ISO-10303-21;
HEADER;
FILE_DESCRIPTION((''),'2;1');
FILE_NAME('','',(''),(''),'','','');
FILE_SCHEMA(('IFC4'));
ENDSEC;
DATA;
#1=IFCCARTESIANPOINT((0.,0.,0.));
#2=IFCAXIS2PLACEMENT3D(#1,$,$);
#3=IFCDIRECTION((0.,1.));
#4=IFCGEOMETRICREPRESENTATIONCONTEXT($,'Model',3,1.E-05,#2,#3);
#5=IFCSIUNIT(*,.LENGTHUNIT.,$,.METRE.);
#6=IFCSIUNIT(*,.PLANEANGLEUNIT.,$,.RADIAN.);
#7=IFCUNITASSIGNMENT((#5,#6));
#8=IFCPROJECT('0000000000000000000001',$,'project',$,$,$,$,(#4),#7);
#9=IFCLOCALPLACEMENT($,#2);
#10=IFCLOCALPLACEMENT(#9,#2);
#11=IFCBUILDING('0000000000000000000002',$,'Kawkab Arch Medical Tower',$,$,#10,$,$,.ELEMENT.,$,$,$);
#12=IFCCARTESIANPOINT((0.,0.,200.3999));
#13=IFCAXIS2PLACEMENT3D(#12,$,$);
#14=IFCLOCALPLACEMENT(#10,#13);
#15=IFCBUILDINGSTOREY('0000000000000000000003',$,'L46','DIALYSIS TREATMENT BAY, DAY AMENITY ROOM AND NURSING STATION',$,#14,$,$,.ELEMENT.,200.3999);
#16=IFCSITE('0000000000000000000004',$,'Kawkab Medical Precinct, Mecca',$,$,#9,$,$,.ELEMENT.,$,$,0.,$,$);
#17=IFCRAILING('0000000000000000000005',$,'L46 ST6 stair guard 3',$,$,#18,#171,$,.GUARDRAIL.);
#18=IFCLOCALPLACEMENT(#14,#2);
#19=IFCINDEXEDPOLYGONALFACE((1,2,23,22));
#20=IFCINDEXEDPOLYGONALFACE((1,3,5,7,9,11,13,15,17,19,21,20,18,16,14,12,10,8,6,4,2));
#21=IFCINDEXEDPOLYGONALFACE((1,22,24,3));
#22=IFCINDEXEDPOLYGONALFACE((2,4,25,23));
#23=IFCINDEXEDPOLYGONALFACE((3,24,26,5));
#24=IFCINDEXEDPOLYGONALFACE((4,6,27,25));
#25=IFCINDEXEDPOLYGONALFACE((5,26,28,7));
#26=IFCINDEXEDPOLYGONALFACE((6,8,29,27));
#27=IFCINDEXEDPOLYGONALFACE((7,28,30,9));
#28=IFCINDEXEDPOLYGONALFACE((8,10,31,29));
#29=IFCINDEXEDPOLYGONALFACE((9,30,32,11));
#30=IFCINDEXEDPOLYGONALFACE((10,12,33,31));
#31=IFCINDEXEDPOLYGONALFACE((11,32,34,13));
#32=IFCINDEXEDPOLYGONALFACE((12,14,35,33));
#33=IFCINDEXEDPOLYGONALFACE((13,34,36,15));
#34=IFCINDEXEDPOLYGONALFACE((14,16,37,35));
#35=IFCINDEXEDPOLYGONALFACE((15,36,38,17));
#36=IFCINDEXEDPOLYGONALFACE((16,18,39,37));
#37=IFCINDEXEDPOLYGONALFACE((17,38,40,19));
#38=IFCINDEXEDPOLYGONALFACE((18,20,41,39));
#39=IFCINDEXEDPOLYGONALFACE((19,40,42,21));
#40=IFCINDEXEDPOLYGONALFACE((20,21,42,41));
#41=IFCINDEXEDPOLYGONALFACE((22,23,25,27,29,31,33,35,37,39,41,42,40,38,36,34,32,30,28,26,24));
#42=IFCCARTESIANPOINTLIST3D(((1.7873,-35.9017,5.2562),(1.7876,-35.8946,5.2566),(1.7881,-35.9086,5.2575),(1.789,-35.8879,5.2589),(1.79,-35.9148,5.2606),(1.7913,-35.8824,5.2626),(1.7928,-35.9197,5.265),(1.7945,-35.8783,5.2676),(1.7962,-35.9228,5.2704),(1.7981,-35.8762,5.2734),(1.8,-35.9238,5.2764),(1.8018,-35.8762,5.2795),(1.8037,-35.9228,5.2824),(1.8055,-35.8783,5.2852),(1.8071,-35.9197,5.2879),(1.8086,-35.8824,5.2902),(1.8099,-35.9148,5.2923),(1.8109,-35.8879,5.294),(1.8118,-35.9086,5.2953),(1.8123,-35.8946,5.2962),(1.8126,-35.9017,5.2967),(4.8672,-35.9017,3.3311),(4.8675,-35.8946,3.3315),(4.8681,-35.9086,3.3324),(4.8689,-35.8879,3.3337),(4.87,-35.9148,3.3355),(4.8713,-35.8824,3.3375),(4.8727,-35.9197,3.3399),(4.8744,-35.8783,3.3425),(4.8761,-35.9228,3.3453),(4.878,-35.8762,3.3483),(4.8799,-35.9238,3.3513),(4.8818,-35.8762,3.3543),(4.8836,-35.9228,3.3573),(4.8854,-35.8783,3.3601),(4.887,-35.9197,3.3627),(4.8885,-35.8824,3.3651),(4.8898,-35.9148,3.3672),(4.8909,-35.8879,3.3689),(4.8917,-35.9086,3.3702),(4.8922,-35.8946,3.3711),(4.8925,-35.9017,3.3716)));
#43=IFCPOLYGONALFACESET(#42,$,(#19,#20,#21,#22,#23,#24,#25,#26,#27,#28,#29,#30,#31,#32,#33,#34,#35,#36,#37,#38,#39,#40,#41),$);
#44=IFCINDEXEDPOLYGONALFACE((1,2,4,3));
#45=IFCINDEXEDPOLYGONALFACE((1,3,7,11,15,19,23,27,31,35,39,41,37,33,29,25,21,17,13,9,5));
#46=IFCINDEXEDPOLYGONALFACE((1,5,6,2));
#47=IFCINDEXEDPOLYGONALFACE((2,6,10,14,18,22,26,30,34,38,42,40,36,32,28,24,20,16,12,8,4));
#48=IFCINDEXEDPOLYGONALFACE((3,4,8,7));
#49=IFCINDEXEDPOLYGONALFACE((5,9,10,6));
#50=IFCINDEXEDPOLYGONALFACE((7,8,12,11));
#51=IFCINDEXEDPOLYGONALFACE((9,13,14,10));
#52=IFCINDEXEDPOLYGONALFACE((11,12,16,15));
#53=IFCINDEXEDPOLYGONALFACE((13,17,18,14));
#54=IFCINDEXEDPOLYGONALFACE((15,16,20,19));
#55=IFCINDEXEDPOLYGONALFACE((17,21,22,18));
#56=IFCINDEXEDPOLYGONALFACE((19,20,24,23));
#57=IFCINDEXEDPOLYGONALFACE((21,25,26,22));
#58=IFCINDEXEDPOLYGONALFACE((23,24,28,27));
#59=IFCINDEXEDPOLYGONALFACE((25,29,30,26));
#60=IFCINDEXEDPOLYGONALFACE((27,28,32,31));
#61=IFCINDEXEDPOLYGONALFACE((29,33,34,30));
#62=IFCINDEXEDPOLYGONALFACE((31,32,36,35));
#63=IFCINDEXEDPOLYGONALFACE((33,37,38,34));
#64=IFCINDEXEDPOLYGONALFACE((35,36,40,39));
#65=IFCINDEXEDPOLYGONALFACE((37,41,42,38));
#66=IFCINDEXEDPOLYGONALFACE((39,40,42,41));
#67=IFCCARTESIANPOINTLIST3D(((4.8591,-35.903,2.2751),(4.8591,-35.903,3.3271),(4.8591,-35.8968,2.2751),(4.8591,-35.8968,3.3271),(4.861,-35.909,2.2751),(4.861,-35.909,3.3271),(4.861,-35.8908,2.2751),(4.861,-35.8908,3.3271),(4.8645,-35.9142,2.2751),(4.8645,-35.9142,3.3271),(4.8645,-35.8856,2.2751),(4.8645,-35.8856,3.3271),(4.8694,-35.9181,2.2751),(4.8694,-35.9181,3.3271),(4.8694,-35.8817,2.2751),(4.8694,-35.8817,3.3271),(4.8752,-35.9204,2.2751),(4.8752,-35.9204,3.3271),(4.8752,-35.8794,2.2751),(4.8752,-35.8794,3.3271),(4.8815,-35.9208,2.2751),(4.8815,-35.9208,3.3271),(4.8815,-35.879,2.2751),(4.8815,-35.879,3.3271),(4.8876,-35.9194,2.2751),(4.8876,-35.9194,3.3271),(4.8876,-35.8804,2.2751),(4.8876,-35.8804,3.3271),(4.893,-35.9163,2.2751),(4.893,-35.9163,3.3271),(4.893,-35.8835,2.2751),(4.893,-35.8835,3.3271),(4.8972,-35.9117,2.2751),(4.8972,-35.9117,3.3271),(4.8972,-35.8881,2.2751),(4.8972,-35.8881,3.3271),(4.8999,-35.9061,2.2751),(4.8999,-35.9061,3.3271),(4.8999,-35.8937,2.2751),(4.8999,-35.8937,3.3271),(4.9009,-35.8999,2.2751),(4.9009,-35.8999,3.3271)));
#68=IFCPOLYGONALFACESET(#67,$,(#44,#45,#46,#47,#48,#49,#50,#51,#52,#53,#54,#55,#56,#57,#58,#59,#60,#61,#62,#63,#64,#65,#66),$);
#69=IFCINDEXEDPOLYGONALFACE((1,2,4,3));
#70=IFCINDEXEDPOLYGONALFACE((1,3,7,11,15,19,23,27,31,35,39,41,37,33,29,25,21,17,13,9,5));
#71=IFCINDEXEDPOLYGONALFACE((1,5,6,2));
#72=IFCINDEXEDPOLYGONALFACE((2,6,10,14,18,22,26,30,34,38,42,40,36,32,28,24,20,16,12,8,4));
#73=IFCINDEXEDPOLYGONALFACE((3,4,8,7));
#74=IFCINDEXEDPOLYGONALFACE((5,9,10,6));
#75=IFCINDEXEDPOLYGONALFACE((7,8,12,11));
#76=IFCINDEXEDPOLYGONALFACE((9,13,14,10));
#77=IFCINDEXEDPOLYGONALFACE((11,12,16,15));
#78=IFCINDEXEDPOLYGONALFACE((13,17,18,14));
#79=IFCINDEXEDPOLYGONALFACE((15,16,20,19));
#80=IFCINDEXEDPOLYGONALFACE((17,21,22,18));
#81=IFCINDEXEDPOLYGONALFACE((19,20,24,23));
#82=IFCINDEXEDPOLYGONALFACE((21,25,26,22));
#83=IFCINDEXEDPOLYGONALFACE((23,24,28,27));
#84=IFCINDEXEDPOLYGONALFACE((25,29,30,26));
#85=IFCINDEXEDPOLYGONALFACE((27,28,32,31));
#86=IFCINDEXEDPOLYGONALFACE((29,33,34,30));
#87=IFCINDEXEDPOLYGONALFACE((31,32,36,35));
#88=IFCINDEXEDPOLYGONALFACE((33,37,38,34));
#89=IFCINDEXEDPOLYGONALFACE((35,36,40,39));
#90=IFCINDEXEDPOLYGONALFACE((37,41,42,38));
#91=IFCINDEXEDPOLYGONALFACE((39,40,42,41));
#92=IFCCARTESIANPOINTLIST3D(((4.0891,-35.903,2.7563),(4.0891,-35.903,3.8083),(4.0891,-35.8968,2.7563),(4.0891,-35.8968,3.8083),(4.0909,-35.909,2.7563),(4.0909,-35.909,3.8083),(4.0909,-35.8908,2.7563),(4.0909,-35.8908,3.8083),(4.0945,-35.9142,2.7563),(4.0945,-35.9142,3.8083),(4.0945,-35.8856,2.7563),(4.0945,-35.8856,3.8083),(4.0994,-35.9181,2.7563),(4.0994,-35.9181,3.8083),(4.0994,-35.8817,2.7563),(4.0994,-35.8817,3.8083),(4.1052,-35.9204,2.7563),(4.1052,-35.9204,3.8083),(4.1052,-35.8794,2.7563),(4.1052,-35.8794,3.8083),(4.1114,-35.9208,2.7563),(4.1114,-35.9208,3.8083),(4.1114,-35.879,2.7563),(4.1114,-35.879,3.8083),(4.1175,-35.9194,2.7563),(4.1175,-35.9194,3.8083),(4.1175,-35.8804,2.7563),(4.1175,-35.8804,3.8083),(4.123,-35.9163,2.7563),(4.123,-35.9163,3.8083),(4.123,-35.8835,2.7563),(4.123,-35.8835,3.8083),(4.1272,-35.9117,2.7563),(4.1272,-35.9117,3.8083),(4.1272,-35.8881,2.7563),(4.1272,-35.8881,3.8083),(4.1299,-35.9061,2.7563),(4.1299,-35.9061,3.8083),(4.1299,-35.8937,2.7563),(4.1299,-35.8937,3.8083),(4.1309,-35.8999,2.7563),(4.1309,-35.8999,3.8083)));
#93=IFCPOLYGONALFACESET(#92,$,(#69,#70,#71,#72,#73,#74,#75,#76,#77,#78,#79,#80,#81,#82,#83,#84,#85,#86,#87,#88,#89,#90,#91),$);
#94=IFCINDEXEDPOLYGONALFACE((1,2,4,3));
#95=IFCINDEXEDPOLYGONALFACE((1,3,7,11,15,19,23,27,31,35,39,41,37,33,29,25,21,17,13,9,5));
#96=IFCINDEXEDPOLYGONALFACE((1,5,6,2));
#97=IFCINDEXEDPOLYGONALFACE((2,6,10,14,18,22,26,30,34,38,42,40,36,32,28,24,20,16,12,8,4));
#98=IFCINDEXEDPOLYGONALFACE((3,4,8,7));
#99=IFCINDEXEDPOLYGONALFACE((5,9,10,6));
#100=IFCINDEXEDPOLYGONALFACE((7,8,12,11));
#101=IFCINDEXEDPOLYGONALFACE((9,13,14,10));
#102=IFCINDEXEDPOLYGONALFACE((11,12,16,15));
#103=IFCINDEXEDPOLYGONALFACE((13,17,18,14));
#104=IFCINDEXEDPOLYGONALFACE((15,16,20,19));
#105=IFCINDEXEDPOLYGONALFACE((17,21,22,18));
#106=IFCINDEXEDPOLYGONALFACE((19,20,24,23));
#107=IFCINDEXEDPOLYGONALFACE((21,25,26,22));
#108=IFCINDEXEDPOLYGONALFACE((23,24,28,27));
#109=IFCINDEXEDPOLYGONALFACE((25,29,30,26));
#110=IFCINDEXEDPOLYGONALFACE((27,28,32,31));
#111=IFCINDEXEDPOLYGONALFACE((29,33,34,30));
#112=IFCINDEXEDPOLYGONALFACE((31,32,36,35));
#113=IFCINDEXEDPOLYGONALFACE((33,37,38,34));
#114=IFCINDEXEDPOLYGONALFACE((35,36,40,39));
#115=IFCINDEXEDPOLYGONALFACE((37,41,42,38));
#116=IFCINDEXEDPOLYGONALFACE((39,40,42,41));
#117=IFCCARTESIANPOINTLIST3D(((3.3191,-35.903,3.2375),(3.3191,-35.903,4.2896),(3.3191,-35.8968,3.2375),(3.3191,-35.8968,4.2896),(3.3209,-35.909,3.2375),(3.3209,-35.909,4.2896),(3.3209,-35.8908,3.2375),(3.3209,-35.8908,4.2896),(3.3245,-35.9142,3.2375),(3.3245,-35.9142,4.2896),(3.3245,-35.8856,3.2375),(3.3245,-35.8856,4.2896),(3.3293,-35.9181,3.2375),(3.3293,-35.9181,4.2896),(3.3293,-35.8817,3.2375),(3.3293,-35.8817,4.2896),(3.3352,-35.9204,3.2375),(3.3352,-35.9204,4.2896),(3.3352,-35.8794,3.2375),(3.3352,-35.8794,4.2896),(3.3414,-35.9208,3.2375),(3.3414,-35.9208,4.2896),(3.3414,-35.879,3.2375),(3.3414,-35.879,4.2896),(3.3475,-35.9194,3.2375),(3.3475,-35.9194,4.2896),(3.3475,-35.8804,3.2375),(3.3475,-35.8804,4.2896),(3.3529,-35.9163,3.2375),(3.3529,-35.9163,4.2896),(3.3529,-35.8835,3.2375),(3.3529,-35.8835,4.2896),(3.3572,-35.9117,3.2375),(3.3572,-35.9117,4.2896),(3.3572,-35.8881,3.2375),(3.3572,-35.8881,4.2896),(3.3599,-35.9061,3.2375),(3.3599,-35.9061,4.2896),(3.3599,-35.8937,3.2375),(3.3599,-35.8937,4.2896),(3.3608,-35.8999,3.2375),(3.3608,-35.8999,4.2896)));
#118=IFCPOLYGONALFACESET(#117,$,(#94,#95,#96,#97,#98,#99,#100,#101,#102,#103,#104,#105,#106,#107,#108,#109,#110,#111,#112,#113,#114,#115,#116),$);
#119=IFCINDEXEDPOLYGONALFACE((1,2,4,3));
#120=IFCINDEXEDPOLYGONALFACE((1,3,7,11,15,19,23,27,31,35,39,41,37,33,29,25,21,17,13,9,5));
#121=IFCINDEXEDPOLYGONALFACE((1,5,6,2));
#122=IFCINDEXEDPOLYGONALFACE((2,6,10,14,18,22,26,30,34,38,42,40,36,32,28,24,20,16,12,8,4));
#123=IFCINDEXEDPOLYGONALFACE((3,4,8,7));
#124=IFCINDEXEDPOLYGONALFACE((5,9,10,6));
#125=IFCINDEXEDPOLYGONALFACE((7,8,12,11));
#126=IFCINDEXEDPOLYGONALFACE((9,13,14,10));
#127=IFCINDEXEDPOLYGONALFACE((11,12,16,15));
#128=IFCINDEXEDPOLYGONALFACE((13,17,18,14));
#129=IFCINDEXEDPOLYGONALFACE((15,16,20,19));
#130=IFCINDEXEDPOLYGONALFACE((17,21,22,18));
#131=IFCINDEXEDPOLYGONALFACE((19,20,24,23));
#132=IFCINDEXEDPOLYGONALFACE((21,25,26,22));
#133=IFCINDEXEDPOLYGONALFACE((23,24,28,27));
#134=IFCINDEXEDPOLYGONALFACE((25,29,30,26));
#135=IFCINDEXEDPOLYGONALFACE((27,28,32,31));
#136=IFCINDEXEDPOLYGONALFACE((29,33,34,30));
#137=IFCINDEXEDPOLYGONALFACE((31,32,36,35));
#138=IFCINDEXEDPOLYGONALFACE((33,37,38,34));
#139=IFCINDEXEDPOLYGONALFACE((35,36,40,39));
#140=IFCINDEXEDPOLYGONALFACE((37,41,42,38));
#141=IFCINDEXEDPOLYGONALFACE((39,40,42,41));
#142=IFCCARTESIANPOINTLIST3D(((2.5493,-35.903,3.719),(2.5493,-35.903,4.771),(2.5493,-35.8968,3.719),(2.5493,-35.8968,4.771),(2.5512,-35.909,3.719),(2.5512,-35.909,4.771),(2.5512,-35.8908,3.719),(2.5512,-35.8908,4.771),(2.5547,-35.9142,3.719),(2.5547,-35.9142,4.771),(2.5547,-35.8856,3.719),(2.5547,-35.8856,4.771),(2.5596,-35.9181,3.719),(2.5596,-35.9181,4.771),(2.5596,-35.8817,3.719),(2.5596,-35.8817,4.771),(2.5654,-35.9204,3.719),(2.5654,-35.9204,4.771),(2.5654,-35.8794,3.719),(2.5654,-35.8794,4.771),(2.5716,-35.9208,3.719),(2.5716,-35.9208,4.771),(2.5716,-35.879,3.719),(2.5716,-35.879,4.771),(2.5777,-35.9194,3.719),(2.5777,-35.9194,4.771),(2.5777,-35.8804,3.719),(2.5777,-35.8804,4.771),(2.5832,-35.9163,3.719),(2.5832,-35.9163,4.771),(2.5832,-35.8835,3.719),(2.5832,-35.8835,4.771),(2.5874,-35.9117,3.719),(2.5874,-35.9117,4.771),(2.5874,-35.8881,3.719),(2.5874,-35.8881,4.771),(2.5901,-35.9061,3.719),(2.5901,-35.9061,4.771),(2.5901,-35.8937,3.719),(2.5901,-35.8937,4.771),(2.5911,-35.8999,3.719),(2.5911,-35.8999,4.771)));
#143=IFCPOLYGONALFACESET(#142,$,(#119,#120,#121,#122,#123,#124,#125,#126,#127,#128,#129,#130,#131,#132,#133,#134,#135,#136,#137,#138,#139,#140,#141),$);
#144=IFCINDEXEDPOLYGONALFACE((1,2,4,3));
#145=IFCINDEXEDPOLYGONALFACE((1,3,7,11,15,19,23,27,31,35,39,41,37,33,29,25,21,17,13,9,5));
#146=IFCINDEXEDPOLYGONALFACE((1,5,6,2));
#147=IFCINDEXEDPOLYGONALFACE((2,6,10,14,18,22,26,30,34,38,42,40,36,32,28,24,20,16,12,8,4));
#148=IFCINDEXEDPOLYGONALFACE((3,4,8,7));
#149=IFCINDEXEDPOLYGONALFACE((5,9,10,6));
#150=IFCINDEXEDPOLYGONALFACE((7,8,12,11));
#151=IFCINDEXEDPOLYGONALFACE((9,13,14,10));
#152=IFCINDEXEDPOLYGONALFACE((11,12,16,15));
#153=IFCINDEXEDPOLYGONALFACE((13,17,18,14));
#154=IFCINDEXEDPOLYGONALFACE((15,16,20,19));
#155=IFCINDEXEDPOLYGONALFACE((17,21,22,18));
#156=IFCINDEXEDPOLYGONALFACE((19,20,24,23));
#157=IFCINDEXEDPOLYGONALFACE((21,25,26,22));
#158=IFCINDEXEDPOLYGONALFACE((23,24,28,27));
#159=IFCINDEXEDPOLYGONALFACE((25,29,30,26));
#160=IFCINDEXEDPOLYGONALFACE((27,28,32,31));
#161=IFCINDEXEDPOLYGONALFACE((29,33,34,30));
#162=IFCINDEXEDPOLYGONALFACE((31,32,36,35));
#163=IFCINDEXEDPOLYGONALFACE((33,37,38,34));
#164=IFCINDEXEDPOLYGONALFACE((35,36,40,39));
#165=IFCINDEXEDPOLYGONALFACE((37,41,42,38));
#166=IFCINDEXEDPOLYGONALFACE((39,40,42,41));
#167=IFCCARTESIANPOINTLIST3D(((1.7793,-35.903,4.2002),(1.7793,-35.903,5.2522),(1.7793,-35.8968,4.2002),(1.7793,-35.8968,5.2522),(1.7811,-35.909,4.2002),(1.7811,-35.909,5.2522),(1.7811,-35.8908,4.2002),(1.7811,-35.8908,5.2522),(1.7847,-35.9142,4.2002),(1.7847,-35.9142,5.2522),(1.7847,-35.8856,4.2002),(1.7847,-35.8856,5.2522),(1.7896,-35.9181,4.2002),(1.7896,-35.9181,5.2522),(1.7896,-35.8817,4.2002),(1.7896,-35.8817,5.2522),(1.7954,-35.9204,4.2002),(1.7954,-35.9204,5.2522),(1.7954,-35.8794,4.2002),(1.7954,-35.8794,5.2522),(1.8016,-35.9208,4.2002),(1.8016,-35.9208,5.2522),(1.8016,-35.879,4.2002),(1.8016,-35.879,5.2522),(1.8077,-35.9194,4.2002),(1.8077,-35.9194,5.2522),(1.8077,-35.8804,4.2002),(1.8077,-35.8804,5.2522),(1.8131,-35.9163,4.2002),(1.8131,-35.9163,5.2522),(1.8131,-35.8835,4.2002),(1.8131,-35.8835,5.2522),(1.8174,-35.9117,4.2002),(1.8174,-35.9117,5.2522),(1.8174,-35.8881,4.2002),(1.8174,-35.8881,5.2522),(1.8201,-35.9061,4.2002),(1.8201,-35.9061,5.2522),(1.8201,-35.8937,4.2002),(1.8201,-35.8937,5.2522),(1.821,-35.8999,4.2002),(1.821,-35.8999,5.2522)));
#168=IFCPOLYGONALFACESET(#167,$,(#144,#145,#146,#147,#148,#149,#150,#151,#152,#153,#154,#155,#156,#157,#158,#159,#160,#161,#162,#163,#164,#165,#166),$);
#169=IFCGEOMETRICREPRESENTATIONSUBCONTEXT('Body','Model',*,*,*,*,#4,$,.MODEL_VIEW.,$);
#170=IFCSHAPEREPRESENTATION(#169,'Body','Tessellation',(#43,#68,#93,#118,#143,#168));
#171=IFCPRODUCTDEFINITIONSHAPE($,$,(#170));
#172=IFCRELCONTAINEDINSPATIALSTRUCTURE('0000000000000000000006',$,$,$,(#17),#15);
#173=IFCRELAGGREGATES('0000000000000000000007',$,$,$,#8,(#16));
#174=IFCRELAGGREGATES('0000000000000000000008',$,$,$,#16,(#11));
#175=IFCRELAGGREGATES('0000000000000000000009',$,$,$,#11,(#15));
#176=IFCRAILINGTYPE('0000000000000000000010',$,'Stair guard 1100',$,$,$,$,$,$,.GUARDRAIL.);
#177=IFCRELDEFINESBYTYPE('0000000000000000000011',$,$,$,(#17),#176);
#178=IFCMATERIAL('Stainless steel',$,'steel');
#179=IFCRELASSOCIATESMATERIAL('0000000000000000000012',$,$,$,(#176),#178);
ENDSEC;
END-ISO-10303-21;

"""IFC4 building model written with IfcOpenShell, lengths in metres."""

from ifc_helpers import new_model, si_unit, direction, frame, origin, origin_2d, place, context, subcontext, project, spatial, circle, extrude, material, type_object, element, save


model = new_model("IFC4")

# Units and contexts
model_context = context("Model", 3, precision=1e-05, world=origin(), true_north=direction((0.0, 1.0)))
body_context = subcontext(model_context, "Body", "Model", "MODEL_VIEW")
ifc_project = project(units=[si_unit("LENGTHUNIT", "METRE"), si_unit("PLANEANGLEUNIT", "RADIAN")], contexts=[model_context])

# Site, building, storey
site_placement = place(None, origin())
site = spatial("IfcSite", under=ifc_project, at=site_placement, Name="Kawkab Medical Precinct, Mecca", CompositionType="ELEMENT", RefElevation=0.0)
building_placement = place(site_placement, origin())
building = spatial("IfcBuilding", under=site, at=building_placement, Name="Kawkab Arch Medical Tower", CompositionType="ELEMENT")
storey_placement = place(building_placement, frame((0.0, 0.0, 200.3999)))
storey = spatial("IfcBuildingStorey", under=building, at=storey_placement, Name="L46", Description="DIALYSIS TREATMENT BAY, DAY AMENITY ROOM AND NURSING STATION", CompositionType="ELEMENT", Elevation=200.3999)

# Railing
ifc_material_1 = material(Name="Stainless steel", Category="steel")
railing_type_1 = type_object("IfcRailingType", Name="Stair guard 1100", PredefinedType="GUARDRAIL", material=ifc_material_1)
railing_1_placement = place(storey_placement, frame((4.8799, -35.8999, 2.2751)))
element("IfcRailing", 1, at=railing_1_placement, inside=storey, type_object=railing_type_1, Name="L46 ST6 stair guard 3", PredefinedType="GUARDRAIL", context=body_context, shape_type="SweptSolid", body=[
    extrude(circle(Radius=0.0239, at=origin_2d()), frame((0.0, 0.0, 1.0762), z_axis=(-0.847979, 0.0, 0.530029), x_axis=(0.0, -1.0, 0.0)), (0.0, 0.0, 1.0), 3.6321),
    extrude(circle(Radius=0.021, at=origin_2d()), origin(), (0.0, 0.0, 1.0), 1.052),
    extrude(circle(Radius=0.021, at=origin_2d()), frame((-0.77, 0.0, 0.4812)), (0.0, 0.0, 1.0), 1.052),
    extrude(circle(Radius=0.021, at=origin_2d()), frame((-1.54, 0.0, 0.9624)), (0.0, 0.0, 1.0), 1.052),
    extrude(circle(Radius=0.021, at=origin_2d()), frame((-2.3098, 0.0, 1.4438)), (0.0, 0.0, 1.0), 1.052),
    extrude(circle(Radius=0.021, at=origin_2d()), frame((-3.0798, 0.0, 1.925)), (0.0, 0.0, 1.0), 1.052),
])

save(model, "model.ifc")
